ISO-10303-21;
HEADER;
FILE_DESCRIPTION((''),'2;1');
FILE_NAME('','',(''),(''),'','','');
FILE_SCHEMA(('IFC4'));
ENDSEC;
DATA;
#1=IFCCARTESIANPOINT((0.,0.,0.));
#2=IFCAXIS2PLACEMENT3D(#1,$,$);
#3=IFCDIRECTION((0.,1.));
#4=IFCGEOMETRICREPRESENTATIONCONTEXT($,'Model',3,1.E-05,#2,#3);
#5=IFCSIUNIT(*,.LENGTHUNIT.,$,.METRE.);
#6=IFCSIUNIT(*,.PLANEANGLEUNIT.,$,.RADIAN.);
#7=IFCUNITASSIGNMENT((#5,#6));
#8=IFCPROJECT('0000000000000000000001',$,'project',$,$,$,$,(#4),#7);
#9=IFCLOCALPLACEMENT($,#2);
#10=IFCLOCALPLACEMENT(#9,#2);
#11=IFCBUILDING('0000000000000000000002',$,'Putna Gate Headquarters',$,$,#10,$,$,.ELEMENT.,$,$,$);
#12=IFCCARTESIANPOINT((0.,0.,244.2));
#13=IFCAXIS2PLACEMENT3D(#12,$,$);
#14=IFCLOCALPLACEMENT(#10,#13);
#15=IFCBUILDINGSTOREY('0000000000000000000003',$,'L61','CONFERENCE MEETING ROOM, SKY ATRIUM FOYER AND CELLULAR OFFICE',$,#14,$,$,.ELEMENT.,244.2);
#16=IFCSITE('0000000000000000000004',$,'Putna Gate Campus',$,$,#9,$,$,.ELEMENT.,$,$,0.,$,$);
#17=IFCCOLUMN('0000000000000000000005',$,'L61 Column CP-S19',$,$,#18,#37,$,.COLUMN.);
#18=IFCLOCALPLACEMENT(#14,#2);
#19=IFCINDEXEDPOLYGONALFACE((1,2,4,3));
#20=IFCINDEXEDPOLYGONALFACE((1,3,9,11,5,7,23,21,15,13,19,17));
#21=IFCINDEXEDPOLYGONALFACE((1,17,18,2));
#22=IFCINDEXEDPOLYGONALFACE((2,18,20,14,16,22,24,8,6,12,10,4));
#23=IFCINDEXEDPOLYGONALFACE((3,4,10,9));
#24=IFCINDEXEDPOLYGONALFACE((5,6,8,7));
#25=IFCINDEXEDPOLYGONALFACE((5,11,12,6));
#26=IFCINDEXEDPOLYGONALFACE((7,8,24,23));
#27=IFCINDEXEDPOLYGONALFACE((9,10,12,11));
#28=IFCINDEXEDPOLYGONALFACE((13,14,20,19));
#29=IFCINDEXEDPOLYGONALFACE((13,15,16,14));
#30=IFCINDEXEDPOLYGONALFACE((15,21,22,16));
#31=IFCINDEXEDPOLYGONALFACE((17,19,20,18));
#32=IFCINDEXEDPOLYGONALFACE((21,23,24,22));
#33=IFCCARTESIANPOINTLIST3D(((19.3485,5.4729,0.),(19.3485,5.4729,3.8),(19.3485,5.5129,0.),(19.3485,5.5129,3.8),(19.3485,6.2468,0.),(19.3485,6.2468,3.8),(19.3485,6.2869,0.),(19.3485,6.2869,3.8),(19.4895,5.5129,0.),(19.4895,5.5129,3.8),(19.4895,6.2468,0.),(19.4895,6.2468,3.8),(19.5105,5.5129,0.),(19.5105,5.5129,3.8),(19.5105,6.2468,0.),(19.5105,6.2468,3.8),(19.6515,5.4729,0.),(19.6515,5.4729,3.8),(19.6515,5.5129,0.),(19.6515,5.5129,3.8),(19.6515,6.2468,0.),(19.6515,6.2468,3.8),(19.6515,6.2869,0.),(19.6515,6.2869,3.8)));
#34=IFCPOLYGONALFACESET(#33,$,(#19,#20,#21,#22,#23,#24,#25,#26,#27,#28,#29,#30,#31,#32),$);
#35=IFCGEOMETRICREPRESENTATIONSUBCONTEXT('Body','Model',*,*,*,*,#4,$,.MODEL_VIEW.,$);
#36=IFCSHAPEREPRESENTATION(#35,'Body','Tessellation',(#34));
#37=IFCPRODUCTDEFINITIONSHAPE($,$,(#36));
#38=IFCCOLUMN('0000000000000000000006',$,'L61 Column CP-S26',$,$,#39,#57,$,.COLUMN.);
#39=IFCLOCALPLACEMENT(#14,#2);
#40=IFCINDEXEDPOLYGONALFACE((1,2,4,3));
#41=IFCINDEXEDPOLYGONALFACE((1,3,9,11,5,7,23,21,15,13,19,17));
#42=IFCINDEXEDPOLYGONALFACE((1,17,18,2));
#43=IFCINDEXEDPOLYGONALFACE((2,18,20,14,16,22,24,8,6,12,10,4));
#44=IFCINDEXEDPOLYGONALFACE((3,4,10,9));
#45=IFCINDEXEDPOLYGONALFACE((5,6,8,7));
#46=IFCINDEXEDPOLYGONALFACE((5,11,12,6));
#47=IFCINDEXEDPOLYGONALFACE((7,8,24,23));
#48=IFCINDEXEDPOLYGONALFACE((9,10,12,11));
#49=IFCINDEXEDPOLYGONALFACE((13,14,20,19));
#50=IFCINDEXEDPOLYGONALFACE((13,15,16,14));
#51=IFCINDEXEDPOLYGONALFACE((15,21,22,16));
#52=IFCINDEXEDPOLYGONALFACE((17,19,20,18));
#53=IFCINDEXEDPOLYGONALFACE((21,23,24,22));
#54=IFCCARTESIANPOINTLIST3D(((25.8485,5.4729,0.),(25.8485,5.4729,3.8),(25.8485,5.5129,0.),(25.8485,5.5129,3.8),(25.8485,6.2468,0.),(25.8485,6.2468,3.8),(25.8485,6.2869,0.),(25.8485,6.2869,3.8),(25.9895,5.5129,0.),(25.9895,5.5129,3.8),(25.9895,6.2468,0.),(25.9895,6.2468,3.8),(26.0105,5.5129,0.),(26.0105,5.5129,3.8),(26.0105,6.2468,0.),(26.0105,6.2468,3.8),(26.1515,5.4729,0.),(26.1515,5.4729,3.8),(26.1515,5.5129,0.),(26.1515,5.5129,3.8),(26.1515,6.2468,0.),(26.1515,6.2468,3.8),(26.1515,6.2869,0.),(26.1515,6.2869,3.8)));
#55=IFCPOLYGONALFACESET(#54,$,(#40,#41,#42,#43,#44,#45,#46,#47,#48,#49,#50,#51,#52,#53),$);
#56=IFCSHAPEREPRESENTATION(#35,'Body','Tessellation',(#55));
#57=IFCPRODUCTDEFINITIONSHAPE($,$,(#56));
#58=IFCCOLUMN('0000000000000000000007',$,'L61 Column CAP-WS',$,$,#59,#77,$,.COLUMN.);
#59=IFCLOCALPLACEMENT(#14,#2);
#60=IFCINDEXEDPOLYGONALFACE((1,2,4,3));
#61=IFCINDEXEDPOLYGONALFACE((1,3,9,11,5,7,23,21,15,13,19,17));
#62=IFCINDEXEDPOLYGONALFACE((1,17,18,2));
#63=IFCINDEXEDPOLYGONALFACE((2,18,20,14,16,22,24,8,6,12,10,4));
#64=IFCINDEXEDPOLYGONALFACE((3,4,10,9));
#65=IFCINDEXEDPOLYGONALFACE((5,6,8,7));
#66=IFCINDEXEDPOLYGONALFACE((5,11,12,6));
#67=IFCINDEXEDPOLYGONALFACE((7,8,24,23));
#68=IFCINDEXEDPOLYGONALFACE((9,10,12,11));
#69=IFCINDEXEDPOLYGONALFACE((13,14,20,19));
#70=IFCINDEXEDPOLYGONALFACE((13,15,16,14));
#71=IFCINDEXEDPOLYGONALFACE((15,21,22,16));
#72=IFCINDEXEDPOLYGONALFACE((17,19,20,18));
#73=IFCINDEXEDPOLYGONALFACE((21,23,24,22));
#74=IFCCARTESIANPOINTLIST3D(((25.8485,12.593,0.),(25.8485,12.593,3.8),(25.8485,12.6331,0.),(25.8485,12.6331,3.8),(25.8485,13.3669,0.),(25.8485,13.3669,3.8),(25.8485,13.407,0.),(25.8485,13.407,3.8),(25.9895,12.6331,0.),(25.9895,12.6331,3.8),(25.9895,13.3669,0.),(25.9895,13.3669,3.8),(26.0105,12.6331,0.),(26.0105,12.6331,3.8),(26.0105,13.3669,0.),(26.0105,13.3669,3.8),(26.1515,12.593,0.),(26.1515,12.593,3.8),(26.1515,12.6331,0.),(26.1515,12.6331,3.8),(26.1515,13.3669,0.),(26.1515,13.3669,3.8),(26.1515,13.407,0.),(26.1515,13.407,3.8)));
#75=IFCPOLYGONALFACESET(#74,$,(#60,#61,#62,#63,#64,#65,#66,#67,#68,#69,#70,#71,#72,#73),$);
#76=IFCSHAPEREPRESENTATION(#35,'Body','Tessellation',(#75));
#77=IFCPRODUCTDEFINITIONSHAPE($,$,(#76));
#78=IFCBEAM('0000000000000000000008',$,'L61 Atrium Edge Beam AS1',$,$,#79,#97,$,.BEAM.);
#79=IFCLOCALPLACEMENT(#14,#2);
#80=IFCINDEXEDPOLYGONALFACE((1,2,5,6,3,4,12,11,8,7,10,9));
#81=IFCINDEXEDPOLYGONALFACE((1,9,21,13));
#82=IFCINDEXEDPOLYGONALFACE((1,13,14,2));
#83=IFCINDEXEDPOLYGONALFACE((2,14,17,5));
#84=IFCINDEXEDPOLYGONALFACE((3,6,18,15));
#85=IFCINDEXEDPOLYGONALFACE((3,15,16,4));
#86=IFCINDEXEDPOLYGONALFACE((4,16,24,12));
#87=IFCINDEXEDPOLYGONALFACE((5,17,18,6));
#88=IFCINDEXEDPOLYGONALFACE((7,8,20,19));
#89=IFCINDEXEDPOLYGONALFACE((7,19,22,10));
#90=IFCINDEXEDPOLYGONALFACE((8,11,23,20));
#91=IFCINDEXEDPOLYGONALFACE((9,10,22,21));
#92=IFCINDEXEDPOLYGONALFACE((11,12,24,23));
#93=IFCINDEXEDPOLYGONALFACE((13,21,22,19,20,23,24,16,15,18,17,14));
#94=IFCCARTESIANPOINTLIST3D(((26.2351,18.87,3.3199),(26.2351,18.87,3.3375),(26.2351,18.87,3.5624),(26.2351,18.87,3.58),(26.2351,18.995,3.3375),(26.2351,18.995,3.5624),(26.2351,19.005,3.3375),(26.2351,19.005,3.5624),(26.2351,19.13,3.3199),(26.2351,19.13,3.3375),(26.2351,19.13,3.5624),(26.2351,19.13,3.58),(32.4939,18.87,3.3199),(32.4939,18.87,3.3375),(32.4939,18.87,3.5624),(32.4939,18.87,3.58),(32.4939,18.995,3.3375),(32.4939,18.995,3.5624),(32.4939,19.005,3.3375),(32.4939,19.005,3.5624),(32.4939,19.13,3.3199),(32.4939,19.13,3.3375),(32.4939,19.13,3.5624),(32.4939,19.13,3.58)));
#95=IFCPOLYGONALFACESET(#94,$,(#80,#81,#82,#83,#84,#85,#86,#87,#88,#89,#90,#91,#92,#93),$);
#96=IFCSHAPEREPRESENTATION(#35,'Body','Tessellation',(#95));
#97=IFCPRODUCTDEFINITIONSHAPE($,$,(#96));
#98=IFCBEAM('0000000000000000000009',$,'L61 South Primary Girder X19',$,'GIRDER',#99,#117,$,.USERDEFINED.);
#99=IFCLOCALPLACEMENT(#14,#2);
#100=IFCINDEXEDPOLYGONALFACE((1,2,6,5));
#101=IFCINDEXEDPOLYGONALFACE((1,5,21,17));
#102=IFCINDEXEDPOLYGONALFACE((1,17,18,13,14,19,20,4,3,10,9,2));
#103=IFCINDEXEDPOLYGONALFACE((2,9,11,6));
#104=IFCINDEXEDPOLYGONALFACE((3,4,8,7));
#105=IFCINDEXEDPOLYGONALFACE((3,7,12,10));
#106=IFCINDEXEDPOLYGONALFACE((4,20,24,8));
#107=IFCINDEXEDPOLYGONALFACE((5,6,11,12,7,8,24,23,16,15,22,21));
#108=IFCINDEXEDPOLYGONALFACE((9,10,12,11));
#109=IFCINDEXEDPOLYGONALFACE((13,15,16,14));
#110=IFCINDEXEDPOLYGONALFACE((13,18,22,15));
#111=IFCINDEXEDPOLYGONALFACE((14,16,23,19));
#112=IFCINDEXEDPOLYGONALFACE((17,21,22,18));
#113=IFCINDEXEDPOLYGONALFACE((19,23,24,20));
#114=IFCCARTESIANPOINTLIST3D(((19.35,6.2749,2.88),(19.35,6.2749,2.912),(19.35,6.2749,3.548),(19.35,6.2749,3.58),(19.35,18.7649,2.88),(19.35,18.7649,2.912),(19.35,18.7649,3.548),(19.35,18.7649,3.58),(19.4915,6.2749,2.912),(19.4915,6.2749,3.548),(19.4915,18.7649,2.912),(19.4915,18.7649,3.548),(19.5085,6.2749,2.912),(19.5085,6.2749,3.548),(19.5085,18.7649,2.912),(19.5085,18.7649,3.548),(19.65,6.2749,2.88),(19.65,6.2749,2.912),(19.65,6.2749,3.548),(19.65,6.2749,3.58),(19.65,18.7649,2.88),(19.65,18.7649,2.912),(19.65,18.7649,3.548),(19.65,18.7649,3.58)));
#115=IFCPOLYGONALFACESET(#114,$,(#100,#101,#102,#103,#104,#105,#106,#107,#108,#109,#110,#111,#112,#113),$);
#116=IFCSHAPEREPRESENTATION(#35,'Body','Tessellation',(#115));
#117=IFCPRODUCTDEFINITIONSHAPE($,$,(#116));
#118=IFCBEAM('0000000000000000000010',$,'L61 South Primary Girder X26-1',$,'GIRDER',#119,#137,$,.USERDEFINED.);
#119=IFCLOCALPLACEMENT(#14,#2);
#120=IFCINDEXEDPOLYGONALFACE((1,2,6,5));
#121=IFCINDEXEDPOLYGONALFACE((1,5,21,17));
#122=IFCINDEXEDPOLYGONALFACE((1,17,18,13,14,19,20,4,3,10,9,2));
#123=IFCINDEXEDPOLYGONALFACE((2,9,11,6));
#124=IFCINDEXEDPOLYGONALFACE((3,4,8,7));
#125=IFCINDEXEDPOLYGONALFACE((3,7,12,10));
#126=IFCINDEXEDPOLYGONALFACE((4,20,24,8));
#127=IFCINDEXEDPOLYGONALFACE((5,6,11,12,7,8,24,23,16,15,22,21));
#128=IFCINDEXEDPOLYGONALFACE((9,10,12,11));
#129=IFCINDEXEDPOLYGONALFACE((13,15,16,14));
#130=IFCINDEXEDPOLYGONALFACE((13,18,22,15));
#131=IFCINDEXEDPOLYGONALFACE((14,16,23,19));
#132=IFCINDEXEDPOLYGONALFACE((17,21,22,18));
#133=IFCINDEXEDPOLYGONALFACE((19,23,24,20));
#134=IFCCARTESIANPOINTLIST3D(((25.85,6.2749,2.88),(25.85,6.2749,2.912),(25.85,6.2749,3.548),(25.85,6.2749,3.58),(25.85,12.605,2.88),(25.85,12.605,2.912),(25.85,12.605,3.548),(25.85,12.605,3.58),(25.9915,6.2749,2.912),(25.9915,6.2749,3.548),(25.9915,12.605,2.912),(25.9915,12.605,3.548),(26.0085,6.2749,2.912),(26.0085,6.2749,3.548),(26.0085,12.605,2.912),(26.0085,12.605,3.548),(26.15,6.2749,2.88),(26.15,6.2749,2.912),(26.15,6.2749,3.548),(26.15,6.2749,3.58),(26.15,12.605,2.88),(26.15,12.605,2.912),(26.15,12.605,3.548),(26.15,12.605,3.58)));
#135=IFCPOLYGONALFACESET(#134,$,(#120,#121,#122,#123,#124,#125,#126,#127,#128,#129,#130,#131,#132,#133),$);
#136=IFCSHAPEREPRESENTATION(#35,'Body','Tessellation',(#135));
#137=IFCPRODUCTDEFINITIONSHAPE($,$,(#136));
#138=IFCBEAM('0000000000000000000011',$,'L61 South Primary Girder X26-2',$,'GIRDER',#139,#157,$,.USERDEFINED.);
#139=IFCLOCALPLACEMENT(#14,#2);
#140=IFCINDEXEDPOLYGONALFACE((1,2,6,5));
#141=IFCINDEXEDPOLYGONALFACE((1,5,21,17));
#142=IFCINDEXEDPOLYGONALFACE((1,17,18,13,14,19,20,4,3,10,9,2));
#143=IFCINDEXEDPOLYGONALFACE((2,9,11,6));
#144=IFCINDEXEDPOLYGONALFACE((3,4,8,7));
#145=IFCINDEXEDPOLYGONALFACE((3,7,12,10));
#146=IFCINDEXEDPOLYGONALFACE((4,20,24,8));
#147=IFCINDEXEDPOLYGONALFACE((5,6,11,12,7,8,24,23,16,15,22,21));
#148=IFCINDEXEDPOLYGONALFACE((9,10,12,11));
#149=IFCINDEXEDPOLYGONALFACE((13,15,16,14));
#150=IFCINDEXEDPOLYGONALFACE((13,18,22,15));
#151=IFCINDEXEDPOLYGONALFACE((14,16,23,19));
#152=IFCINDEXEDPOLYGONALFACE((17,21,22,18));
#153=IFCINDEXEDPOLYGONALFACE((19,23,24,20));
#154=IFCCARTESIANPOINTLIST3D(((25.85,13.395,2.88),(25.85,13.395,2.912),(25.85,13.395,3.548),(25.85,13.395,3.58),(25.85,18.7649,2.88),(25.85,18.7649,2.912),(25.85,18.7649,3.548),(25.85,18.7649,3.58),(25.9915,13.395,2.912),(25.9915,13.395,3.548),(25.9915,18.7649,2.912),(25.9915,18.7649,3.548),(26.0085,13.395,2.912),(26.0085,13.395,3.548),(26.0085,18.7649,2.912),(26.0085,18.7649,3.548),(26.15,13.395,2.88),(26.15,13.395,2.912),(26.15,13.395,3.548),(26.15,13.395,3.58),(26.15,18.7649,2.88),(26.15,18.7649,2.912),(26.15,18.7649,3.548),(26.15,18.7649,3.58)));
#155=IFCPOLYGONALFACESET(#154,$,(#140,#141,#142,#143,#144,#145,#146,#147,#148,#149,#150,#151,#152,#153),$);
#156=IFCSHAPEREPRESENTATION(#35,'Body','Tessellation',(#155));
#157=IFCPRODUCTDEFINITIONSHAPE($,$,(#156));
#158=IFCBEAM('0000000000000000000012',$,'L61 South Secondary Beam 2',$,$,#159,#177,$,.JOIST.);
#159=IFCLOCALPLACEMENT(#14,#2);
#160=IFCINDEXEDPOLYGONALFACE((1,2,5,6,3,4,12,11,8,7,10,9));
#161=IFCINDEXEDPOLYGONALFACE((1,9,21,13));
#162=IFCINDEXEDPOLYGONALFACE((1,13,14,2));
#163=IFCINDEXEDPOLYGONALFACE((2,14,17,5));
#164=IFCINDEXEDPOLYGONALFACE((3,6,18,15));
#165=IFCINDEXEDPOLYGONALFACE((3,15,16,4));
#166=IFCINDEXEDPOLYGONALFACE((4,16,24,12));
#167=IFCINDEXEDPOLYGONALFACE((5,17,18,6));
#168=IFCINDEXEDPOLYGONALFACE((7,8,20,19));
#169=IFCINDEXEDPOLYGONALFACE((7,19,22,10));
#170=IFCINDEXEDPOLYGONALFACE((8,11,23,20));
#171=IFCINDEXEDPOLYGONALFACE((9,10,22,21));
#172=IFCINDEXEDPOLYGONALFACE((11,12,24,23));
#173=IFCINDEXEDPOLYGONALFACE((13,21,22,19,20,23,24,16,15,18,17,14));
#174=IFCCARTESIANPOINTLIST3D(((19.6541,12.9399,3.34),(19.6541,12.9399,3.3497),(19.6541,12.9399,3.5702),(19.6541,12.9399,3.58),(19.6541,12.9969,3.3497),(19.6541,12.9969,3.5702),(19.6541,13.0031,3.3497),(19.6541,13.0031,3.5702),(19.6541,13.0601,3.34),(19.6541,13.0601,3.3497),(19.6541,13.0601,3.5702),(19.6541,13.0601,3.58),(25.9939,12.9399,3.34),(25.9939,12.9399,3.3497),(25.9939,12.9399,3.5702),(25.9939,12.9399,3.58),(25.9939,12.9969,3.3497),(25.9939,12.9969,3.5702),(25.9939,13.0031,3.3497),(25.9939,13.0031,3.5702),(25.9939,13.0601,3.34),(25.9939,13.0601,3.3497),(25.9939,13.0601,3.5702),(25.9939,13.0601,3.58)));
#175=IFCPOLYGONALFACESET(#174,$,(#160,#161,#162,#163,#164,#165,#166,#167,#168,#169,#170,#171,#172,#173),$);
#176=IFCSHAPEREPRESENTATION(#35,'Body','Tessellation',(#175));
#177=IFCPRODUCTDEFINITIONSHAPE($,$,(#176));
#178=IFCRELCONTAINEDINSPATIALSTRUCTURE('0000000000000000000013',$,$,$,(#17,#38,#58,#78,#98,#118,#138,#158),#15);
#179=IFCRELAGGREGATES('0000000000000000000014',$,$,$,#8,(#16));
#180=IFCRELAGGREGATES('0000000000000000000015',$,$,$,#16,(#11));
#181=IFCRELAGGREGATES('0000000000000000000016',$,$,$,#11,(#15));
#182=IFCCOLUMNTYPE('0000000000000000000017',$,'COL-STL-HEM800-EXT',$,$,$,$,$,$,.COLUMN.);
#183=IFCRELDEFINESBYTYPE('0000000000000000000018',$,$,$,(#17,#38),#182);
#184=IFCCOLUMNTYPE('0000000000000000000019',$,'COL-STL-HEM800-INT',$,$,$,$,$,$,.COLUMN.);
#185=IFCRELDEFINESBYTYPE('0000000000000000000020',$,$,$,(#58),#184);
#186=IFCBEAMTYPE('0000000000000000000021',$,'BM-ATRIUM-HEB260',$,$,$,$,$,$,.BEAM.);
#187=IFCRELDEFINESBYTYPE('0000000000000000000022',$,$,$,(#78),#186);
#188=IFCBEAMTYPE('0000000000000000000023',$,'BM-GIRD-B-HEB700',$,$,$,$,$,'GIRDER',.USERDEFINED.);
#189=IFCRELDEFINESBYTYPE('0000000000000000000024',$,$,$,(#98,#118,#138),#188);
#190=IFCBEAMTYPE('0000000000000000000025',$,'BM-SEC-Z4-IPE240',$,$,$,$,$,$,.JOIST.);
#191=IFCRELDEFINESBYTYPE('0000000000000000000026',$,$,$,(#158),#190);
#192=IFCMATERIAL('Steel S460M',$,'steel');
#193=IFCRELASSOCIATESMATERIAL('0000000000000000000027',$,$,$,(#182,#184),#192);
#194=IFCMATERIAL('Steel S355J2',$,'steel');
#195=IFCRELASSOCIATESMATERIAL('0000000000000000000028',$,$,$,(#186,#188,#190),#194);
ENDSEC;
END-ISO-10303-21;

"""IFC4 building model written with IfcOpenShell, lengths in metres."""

from ifc_helpers import new_model, si_unit, direction, frame, origin, origin_2d, place, context, subcontext, project, spatial, i_section, extrude, material, material_profile, profile_set, type_object, element, save


model = new_model("IFC4")

# Units and contexts
model_context = context("Model", 3, precision=1e-05, world=origin(), true_north=direction((0.0, 1.0)))
body_context = subcontext(model_context, "Body", "Model", "MODEL_VIEW")
ifc_project = project(units=[si_unit("LENGTHUNIT", "METRE"), si_unit("PLANEANGLEUNIT", "RADIAN")], contexts=[model_context])

# Site, building, storey
site_placement = place(None, origin())
site = spatial("IfcSite", under=ifc_project, at=site_placement, Name="Putna Gate Campus", CompositionType="ELEMENT", RefElevation=0.0)
building_placement = place(site_placement, origin())
building = spatial("IfcBuilding", under=site, at=building_placement, Name="Putna Gate Headquarters", CompositionType="ELEMENT")
storey_placement = place(building_placement, frame((0.0, 0.0, 244.2)))
storey = spatial("IfcBuildingStorey", under=building, at=storey_placement, Name="L61", Description="CONFERENCE MEETING ROOM, SKY ATRIUM FOYER AND CELLULAR OFFICE", CompositionType="ELEMENT", Elevation=244.2)

# Columns
ifc_material_1 = material(Name="Steel S460M", Category="steel")
ifc_material_profile_1 = material_profile(ifc_material_1, i_section(OverallWidth=0.303, OverallDepth=0.814, WebThickness=0.021, FlangeThickness=0.04, at=origin_2d()), Name="Steel S460M")
ifc_profile_set_1 = profile_set([ifc_material_profile_1], Name="Steel S460M")
column_type_1 = type_object("IfcColumnType", Name="COL-STL-HEM800-EXT", PredefinedType="COLUMN", material=ifc_profile_set_1)
for number, where, z_axis, x_axis, name in (
    (1, (19.5, 5.8799, 0.0), (0.0, 0.0, 1.0), (1.0, 0.0, 0.0), "L61 Column CP-S19"),
    (2, (26.0, 5.8799, 0.0), (0.0, 0.0, 1.0), (1.0, 0.0, 0.0), "L61 Column CP-S26"),
):
    element("IfcColumn", number, at=place(storey_placement, frame(where, z_axis=z_axis, x_axis=x_axis)), inside=storey, type_object=column_type_1, Name=name, PredefinedType="COLUMN", context=body_context, shape_type="SweptSolid", body=[
        extrude(i_section(OverallWidth=0.303, OverallDepth=0.814, WebThickness=0.021, FlangeThickness=0.04, at=origin_2d()), origin(), (0.0, 0.0, 1.0), 3.8),
    ])
ifc_material_profile_2 = material_profile(ifc_material_1, i_section(OverallWidth=0.303, OverallDepth=0.814, WebThickness=0.021, FlangeThickness=0.04, at=origin_2d()), Name="Steel S460M")
ifc_profile_set_2 = profile_set([ifc_material_profile_2], Name="Steel S460M")
column_type_2 = type_object("IfcColumnType", Name="COL-STL-HEM800-INT", PredefinedType="COLUMN", material=ifc_profile_set_2)
column_placement = place(storey_placement, frame((26.0, 13.0, 0.0), z_axis=(0.0, 0.0, 1.0), x_axis=(1.0, 0.0, 0.0)))
element("IfcColumn", 3, at=column_placement, inside=storey, type_object=column_type_2, Name="L61 Column CAP-WS", PredefinedType="COLUMN", context=body_context, shape_type="SweptSolid", body=[
    extrude(i_section(OverallWidth=0.303, OverallDepth=0.814, WebThickness=0.021, FlangeThickness=0.04, at=origin_2d()), origin(), (0.0, 0.0, 1.0), 3.8),
])

# Beams
ifc_material_2 = material(Name="Steel S355J2", Category="steel")
ifc_material_profile_3 = material_profile(ifc_material_2, i_section(OverallWidth=0.26, OverallDepth=0.26, WebThickness=0.01, FlangeThickness=0.0176, at=origin_2d()), Name="Steel S355J2")
ifc_profile_set_3 = profile_set([ifc_material_profile_3], Name="Steel S355J2")
beam_type_1 = type_object("IfcBeamType", Name="BM-ATRIUM-HEB260", PredefinedType="BEAM", material=ifc_profile_set_3)
beam_1_placement = place(storey_placement, frame((26.2351, 19.0, 3.45), z_axis=(1.0, 0.0, 0.0), x_axis=(0.0, 1.0, 0.0)))
element("IfcBeam", 4, at=beam_1_placement, inside=storey, type_object=beam_type_1, Name="L61 Atrium Edge Beam AS1", PredefinedType="BEAM", context=body_context, shape_type="SweptSolid", body=[
    extrude(i_section(OverallWidth=0.26, OverallDepth=0.26, WebThickness=0.01, FlangeThickness=0.0176, at=origin_2d()), origin(), (0.0, 0.0, 1.0), 6.2588),
])
ifc_material_profile_4 = material_profile(ifc_material_2, i_section(OverallWidth=0.3, OverallDepth=0.7, WebThickness=0.0171, FlangeThickness=0.032, at=origin_2d()), Name="Steel S355J2")
ifc_profile_set_4 = profile_set([ifc_material_profile_4], Name="Steel S355J2")
beam_type_2 = type_object("IfcBeamType", Name="BM-GIRD-B-HEB700", ElementType="GIRDER", PredefinedType="USERDEFINED", material=ifc_profile_set_4)
beam_2_placement = place(storey_placement, frame((19.5, 6.2749, 3.23), z_axis=(0.0, 1.0, 0.0), x_axis=(-1.0, 0.0, 0.0)))
element("IfcBeam", 5, at=beam_2_placement, inside=storey, type_object=beam_type_2, Name="L61 South Primary Girder X19", ObjectType="GIRDER", PredefinedType="USERDEFINED", context=body_context, shape_type="SweptSolid", body=[
    extrude(i_section(OverallWidth=0.3, OverallDepth=0.7, WebThickness=0.0171, FlangeThickness=0.032, at=origin_2d()), origin(), (0.0, 0.0, 1.0), 12.49),
])
beam_3_placement = place(storey_placement, frame((26.0, 6.2749, 3.23), z_axis=(0.0, 1.0, 0.0), x_axis=(-1.0, 0.0, 0.0)))
element("IfcBeam", 6, at=beam_3_placement, inside=storey, type_object=beam_type_2, Name="L61 South Primary Girder X26-1", ObjectType="GIRDER", PredefinedType="USERDEFINED", context=body_context, shape_type="SweptSolid", body=[
    extrude(i_section(OverallWidth=0.3, OverallDepth=0.7, WebThickness=0.0171, FlangeThickness=0.032, at=origin_2d()), origin(), (0.0, 0.0, 1.0), 6.3301),
])
beam_4_placement = place(storey_placement, frame((26.0, 13.395, 3.23), z_axis=(0.0, 1.0, 0.0), x_axis=(-1.0, 0.0, 0.0)))
element("IfcBeam", 7, at=beam_4_placement, inside=storey, type_object=beam_type_2, Name="L61 South Primary Girder X26-2", ObjectType="GIRDER", PredefinedType="USERDEFINED", context=body_context, shape_type="SweptSolid", body=[
    extrude(i_section(OverallWidth=0.3, OverallDepth=0.7, WebThickness=0.0171, FlangeThickness=0.032, at=origin_2d()), origin(), (0.0, 0.0, 1.0), 5.3699),
])
ifc_material_profile_5 = material_profile(ifc_material_2, i_section(OverallWidth=0.1201, OverallDepth=0.24, WebThickness=0.0061, FlangeThickness=0.0098, at=origin_2d()), Name="Steel S355J2")
ifc_profile_set_5 = profile_set([ifc_material_profile_5], Name="Steel S355J2")
beam_type_3 = type_object("IfcBeamType", Name="BM-SEC-Z4-IPE240", PredefinedType="JOIST", material=ifc_profile_set_5)
for number, where, z_axis, x_axis, name in (
    (8, (19.6541, 13.0, 3.46), (1.0, 0.0, 0.0), (0.0, 1.0, 0.0), "L61 South Secondary Beam 2"),
):
    element("IfcBeam", number, at=place(storey_placement, frame(where, z_axis=z_axis, x_axis=x_axis)), inside=storey, type_object=beam_type_3, Name=name, PredefinedType="JOIST", context=body_context, shape_type="SweptSolid", body=[
        extrude(i_section(OverallWidth=0.1201, OverallDepth=0.24, WebThickness=0.0061, FlangeThickness=0.0098, at=origin_2d()), origin(), (0.0, 0.0, 1.0), 6.3398),
    ])

save(model, "model.ifc")
